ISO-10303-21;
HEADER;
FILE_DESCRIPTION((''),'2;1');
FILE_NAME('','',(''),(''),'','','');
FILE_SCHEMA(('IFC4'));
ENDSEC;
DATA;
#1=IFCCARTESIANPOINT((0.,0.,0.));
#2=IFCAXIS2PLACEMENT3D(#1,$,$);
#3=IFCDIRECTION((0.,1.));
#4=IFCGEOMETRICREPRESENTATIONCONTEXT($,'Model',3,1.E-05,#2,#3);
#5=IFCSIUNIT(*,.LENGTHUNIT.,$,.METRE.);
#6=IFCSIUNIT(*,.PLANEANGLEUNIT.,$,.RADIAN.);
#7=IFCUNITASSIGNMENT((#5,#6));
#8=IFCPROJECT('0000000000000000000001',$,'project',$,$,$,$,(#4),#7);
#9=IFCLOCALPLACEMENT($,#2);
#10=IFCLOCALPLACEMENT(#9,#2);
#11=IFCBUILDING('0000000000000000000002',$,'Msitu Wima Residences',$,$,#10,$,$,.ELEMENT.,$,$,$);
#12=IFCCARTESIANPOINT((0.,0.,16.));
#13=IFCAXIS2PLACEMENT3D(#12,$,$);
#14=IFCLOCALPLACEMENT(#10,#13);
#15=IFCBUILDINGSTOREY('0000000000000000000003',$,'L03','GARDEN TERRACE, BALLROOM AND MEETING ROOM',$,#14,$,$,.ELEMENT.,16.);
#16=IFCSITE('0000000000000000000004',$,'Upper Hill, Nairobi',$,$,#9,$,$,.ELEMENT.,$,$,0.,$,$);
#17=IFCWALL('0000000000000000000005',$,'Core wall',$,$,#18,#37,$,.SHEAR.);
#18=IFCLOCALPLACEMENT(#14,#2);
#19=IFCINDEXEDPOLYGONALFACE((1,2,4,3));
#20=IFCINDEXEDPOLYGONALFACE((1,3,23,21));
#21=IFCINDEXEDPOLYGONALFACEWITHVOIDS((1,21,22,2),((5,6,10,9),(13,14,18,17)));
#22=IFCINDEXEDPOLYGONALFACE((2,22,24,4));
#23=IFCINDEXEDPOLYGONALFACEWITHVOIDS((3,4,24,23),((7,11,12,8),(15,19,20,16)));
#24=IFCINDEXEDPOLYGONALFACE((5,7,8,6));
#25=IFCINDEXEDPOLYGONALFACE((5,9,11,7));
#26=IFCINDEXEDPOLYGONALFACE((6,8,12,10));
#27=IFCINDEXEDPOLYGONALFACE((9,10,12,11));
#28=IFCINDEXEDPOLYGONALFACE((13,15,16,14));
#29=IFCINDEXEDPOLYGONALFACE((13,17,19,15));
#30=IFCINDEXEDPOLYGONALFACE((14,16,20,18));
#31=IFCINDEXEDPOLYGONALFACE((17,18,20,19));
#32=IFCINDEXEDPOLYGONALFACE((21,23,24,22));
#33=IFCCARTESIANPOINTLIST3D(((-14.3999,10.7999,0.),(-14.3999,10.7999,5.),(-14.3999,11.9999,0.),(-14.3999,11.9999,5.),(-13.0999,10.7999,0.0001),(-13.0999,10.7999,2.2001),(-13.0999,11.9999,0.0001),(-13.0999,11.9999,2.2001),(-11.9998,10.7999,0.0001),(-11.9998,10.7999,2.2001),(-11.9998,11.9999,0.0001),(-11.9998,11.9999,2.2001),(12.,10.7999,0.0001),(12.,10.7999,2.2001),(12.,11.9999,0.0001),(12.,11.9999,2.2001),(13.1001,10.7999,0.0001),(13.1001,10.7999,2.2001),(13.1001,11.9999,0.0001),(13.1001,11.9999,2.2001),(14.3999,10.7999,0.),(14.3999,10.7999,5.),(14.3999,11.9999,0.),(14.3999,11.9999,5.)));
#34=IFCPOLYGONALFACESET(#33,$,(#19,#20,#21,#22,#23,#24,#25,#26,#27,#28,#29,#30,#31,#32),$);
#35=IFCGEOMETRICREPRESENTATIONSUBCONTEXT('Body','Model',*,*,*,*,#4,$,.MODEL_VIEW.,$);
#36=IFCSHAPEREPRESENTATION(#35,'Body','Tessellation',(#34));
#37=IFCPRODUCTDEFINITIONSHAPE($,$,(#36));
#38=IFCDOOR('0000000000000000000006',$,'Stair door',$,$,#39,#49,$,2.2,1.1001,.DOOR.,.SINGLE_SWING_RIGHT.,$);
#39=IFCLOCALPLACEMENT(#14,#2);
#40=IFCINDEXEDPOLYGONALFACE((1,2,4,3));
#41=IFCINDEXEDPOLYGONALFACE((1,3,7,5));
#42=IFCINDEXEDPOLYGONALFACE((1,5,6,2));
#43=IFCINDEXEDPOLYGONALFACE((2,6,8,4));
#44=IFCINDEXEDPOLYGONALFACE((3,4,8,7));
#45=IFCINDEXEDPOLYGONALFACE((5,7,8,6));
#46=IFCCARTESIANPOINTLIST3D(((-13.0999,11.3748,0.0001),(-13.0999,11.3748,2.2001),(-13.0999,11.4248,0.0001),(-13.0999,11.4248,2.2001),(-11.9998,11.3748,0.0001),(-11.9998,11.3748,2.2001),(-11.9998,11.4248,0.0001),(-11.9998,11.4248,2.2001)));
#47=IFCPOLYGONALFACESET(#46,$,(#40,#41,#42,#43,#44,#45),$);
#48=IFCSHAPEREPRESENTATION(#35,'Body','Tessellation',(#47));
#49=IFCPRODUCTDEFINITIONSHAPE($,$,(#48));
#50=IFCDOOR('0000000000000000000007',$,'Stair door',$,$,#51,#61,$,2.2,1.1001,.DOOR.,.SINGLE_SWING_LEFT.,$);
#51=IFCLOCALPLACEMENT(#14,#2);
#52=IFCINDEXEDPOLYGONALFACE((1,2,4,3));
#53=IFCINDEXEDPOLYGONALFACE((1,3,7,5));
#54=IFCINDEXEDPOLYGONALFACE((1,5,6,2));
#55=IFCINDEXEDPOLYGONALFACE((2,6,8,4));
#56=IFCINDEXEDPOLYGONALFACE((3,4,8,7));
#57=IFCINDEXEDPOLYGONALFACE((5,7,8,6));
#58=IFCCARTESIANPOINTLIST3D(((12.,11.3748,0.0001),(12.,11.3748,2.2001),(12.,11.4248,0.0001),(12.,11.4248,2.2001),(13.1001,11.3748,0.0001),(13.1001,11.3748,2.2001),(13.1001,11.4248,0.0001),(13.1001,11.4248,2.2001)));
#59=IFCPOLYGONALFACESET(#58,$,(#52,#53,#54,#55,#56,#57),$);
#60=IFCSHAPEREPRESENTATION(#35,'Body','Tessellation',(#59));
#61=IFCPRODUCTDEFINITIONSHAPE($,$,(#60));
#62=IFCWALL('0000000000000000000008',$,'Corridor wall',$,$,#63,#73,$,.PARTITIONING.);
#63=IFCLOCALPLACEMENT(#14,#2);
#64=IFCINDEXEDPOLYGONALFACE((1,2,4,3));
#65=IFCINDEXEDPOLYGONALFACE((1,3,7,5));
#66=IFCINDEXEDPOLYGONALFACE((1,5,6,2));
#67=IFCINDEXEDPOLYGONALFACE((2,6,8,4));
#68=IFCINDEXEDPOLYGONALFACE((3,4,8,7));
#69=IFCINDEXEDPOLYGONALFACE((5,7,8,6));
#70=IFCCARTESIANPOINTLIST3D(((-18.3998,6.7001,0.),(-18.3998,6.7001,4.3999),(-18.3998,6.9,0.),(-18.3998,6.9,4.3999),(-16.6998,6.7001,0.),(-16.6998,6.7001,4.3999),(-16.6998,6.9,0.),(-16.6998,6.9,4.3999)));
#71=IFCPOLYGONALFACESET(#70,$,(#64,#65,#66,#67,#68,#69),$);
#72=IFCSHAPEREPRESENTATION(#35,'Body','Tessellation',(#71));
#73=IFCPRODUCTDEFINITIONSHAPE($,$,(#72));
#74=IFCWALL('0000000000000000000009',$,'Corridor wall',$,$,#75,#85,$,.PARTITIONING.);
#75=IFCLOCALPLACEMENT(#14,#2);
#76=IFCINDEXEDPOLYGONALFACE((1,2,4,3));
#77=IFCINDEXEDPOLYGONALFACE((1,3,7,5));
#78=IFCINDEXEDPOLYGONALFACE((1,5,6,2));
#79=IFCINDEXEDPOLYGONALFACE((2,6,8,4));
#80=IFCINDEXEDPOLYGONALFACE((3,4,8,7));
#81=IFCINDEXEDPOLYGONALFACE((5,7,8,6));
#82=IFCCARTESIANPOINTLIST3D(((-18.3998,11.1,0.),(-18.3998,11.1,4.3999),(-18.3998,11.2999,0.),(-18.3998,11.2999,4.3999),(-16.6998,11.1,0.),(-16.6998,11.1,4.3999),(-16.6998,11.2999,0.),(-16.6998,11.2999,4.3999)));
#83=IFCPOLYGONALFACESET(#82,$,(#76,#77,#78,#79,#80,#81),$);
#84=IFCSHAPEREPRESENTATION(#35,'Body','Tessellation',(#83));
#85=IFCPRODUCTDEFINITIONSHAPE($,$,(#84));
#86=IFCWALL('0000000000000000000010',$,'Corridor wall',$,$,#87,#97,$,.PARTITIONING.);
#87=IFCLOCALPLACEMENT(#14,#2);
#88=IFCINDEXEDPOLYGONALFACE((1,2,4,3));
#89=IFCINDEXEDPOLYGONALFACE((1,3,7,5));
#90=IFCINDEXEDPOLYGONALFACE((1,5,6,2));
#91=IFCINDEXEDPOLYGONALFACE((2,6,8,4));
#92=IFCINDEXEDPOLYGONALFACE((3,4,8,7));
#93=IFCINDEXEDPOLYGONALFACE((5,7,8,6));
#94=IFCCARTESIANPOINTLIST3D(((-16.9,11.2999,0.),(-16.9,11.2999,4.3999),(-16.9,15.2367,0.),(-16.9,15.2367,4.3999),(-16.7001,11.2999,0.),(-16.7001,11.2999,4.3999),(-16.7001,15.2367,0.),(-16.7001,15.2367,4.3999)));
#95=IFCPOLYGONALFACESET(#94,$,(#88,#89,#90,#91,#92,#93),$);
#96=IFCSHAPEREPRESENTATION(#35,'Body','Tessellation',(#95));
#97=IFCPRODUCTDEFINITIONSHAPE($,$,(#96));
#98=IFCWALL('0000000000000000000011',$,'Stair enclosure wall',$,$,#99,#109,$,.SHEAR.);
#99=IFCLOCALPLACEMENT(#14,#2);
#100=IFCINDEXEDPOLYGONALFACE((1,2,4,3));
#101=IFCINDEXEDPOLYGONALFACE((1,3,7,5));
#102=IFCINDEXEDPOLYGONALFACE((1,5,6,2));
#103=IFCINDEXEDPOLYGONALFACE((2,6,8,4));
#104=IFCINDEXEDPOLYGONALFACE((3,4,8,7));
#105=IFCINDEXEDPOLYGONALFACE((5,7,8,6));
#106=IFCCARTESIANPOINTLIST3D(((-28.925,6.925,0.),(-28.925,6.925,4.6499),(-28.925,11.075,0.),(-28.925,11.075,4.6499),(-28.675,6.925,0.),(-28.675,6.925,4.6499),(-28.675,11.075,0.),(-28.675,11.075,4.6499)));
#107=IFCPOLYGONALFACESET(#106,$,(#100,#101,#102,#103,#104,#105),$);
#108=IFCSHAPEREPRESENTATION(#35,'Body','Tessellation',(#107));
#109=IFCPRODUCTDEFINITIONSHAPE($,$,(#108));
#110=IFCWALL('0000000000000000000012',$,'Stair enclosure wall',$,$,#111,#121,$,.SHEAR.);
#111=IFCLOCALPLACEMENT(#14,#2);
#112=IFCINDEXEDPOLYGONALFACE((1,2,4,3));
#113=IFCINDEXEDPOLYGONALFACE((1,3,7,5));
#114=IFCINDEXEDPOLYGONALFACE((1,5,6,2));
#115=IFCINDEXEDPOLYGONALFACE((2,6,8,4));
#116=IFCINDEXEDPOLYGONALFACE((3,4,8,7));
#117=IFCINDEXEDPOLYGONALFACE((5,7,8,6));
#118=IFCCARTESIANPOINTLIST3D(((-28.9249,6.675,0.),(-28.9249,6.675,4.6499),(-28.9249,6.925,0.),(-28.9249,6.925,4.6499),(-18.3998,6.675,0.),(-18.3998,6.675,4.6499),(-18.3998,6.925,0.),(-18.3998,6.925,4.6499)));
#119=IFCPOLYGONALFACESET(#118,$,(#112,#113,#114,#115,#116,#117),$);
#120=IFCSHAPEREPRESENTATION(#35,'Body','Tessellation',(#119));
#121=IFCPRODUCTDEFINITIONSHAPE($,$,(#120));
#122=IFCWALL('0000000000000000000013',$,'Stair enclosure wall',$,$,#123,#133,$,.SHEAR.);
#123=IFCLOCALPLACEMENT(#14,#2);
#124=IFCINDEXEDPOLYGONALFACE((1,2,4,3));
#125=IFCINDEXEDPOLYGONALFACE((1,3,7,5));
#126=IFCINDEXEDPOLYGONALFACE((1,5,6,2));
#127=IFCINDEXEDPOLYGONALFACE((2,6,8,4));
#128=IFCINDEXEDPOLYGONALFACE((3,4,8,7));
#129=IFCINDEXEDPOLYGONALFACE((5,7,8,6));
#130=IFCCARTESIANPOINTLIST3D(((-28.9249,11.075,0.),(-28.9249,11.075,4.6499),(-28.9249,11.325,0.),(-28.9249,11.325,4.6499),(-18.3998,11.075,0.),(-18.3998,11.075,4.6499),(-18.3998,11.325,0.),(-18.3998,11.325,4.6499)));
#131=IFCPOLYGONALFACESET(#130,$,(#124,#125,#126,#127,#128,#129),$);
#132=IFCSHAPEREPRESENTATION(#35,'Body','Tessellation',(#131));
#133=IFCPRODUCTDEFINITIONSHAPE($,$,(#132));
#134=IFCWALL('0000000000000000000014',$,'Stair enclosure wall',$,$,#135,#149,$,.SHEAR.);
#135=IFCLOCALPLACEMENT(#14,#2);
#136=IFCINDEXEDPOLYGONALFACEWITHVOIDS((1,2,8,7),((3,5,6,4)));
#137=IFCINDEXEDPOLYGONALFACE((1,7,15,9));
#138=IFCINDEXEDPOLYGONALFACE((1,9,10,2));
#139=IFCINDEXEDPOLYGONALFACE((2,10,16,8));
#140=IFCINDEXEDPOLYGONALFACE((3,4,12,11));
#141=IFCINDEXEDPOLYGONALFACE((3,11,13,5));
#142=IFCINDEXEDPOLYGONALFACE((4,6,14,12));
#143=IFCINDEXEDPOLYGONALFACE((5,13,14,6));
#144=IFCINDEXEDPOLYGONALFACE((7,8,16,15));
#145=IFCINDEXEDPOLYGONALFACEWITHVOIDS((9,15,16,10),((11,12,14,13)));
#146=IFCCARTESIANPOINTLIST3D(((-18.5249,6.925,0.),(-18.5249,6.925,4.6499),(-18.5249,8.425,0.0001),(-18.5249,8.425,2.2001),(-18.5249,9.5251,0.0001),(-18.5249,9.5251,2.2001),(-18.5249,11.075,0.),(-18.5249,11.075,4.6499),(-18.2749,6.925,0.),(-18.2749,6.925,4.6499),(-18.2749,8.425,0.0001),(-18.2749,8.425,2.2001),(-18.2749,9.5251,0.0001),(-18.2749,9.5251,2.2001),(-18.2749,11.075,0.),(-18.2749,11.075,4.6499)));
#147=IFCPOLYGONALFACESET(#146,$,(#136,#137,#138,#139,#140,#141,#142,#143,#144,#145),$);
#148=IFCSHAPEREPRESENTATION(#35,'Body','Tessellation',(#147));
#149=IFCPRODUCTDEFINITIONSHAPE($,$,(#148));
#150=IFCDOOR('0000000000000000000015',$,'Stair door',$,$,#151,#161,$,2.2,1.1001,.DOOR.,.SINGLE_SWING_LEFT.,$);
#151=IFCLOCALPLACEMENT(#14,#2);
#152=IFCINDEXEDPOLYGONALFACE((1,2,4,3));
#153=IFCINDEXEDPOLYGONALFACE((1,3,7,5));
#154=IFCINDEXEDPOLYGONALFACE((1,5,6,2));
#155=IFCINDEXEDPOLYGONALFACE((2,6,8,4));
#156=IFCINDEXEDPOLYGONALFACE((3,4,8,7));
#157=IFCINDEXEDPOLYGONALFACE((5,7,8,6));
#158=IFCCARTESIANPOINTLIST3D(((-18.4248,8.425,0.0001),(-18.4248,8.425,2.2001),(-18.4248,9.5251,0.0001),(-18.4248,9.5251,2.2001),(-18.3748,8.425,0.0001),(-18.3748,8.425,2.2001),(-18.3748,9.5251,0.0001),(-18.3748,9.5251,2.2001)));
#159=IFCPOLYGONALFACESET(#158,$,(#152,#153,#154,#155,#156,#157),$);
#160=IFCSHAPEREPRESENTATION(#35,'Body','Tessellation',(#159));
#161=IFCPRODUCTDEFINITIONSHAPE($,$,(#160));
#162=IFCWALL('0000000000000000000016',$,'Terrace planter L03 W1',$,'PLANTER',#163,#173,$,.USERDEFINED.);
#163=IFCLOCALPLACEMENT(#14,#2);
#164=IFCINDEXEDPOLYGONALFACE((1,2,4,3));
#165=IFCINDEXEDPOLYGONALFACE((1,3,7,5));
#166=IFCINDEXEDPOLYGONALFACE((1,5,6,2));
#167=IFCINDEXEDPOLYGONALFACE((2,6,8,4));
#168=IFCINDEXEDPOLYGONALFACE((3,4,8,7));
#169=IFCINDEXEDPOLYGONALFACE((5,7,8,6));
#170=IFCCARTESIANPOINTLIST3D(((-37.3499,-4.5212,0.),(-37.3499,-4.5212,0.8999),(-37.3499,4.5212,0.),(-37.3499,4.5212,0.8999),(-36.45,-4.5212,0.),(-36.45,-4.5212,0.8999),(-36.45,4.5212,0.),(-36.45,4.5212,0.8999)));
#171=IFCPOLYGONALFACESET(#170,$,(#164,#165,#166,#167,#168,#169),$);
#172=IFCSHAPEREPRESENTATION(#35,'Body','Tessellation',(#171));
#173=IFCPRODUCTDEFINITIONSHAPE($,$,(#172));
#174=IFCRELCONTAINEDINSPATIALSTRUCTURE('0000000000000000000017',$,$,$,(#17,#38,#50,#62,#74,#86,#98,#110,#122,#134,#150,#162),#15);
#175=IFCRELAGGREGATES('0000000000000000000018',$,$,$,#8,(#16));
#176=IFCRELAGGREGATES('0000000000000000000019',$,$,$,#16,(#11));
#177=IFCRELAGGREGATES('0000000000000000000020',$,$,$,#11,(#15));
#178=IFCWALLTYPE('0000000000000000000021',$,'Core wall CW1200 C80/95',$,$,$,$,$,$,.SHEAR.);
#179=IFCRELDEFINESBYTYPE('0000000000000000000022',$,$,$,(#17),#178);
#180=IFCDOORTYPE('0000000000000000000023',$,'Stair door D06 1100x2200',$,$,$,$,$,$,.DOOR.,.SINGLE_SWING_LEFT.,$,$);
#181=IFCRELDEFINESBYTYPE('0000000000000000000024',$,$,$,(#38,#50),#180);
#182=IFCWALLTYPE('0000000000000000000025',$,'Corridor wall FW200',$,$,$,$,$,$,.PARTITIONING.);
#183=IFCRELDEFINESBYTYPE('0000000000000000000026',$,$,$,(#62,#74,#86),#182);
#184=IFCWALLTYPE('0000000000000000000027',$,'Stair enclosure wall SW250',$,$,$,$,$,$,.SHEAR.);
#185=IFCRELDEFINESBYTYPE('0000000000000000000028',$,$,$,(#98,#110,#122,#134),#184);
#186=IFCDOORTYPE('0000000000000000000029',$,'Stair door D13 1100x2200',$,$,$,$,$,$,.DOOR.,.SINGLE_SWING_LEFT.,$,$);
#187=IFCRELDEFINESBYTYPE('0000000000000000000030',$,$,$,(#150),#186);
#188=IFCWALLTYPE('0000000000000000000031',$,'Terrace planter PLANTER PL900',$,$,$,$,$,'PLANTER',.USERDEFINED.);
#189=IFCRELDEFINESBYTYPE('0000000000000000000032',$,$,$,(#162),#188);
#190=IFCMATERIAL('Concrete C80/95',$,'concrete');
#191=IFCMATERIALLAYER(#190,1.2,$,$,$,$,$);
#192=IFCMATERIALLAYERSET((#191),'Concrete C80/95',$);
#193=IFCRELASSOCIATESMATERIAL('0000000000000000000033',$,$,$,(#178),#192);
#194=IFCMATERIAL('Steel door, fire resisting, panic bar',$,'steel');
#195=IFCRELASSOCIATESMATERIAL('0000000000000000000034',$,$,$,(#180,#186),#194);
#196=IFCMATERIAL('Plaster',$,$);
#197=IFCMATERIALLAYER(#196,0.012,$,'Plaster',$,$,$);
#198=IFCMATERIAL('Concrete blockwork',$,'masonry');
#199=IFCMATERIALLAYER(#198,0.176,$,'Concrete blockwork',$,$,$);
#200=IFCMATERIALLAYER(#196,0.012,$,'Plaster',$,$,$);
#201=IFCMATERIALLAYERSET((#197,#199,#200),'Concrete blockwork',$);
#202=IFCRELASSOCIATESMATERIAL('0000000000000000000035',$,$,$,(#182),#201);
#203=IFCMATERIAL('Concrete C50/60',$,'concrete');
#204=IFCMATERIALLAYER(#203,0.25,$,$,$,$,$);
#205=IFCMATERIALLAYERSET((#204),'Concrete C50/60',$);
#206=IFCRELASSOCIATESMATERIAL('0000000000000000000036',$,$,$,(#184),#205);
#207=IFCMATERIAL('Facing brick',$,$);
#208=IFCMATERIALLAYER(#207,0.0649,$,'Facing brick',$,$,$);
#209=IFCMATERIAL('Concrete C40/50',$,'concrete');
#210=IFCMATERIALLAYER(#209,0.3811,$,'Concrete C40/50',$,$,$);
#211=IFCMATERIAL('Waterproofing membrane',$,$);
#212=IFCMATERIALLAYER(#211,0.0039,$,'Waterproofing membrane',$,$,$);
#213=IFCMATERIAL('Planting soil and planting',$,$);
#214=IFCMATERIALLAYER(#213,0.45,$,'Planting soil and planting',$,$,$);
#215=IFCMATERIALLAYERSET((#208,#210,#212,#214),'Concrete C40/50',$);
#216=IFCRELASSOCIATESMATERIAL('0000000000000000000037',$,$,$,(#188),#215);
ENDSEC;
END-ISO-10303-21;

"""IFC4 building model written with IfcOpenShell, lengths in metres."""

from ifc_helpers import new_model, si_unit, direction, frame, frame_2d, origin, place, context, subcontext, project, spatial, rectangle, extrude, material, layer, layer_set, type_object, element, fill, save


model = new_model("IFC4")

# Units and contexts
model_context = context("Model", 3, precision=1e-05, world=origin(), true_north=direction((0.0, 1.0)))
body_context = subcontext(model_context, "Body", "Model", "MODEL_VIEW")
ifc_project = project(units=[si_unit("LENGTHUNIT", "METRE"), si_unit("PLANEANGLEUNIT", "RADIAN")], contexts=[model_context])

# Site, building, storey
site_placement = place(None, origin())
site = spatial("IfcSite", under=ifc_project, at=site_placement, Name="Upper Hill, Nairobi", CompositionType="ELEMENT", RefElevation=0.0)
building_placement = place(site_placement, origin())
building = spatial("IfcBuilding", under=site, at=building_placement, Name="Msitu Wima Residences", CompositionType="ELEMENT")
storey_placement = place(building_placement, frame((0.0, 0.0, 16.0)))
storey = spatial("IfcBuildingStorey", under=building, at=storey_placement, Name="L03", Description="GARDEN TERRACE, BALLROOM AND MEETING ROOM", CompositionType="ELEMENT", Elevation=16.0)

# Shared definitions
ifc_material_1 = material(Name="Concrete C40/50", Category="concrete")

# Wall, openings, doors
ifc_material_2 = material(Name="Concrete C80/95", Category="concrete")
ifc_layer_1 = layer(ifc_material_2, 1.2)
ifc_layer_set_1 = layer_set([ifc_layer_1], Name="Concrete C80/95")
wall_type_1 = type_object("IfcWallType", Name="Core wall CW1200 C80/95", PredefinedType="SHEAR", material=ifc_layer_set_1)
wall_1_placement = place(storey_placement, frame((-14.3999, 11.3999, 0.0), z_axis=(0.0, 0.0, 1.0), x_axis=(1.0, 0.0, 0.0)))
wall_1 = element("IfcWall", 1, at=wall_1_placement, inside=storey, type_object=wall_type_1, Name="Core wall", PredefinedType="SHEAR", context=body_context, shape_type="SweptSolid", body=[
    extrude(rectangle(XDim=28.7998, YDim=1.2, at=frame_2d((14.3999, 0.0))), origin(), (0.0, 0.0, 1.0), 5.0),
])
opening_1_placement = place(wall_1_placement, frame((1.3, 0.0, 0.0)))
opening_1 = element("IfcOpeningElement", 2, at=opening_1_placement, cuts=wall_1, PredefinedType="OPENING", context=body_context, shape_type="SweptSolid", body=[
    extrude(rectangle(XDim=1.1001, YDim=2.2, at=frame_2d((0.55, 1.1001))), frame((0.0, 0.6099, 0.0), z_axis=(0.0, -1.0, 0.0), x_axis=(1.0, 0.0, 0.0)), (0.0, 0.0, 1.0), 1.22),
])
opening_2_placement = place(wall_1_placement, frame((26.3999, 0.0, 0.0)))
opening_2 = element("IfcOpeningElement", 3, at=opening_2_placement, cuts=wall_1, PredefinedType="OPENING", context=body_context, shape_type="SweptSolid", body=[
    extrude(rectangle(XDim=1.1001, YDim=2.2, at=frame_2d((0.55, 1.1001))), frame((0.0, 0.6099, 0.0), z_axis=(0.0, -1.0, 0.0), x_axis=(1.0, 0.0, 0.0)), (0.0, 0.0, 1.0), 1.22),
])
ifc_material_3 = material(Name="Steel door, fire resisting, panic bar", Category="steel")
door_type_1 = type_object("IfcDoorType", Name="Stair door D06 1100x2200", OperationType="SINGLE_SWING_LEFT", PredefinedType="DOOR", material=ifc_material_3)
door_1_placement = place(opening_1_placement, origin())
door_1 = element("IfcDoor", 4, at=door_1_placement, inside=storey, type_object=door_type_1, Name="Stair door", OperationType="SINGLE_SWING_RIGHT", OverallHeight=2.2, OverallWidth=1.1001, PredefinedType="DOOR", context=body_context, shape_type="SweptSolid", body=[
    extrude(rectangle(XDim=1.1001, YDim=2.2, at=frame_2d((0.55, 1.1001))), frame((0.0, 0.0249, 0.0), z_axis=(0.0, -1.0, 0.0), x_axis=(1.0, 0.0, 0.0)), (0.0, 0.0, 1.0), 0.05),
])
fill(opening_1, door_1)
door_2_placement = place(opening_2_placement, origin())
door_2 = element("IfcDoor", 5, at=door_2_placement, inside=storey, type_object=door_type_1, Name="Stair door", OperationType="SINGLE_SWING_LEFT", OverallHeight=2.2, OverallWidth=1.1001, PredefinedType="DOOR", context=body_context, shape_type="SweptSolid", body=[
    extrude(rectangle(XDim=1.1001, YDim=2.2, at=frame_2d((0.55, 1.1001))), frame((0.0, 0.0249, 0.0), z_axis=(0.0, -1.0, 0.0), x_axis=(1.0, 0.0, 0.0)), (0.0, 0.0, 1.0), 0.05),
])
fill(opening_2, door_2)

# Walls
ifc_material_4 = material(Name="Plaster")
ifc_layer_2 = layer(ifc_material_4, 0.012, Name="Plaster")
ifc_material_5 = material(Name="Concrete blockwork", Category="masonry")
ifc_layer_3 = layer(ifc_material_5, 0.176, Name="Concrete blockwork")
ifc_layer_4 = layer(ifc_material_4, 0.012, Name="Plaster")
ifc_layer_set_2 = layer_set([ifc_layer_2, ifc_layer_3, ifc_layer_4], Name="Concrete blockwork")
wall_type_2 = type_object("IfcWallType", Name="Corridor wall FW200", PredefinedType="PARTITIONING", material=ifc_layer_set_2)
for number, where, z_axis, x_axis, name in (
    (6, (-18.3999, 6.8, 0.0), (0.0, 0.0, 1.0), (1.0, 0.0, 0.0), "Corridor wall"),
    (7, (-18.3999, 11.2, 0.0), (0.0, 0.0, 1.0), (1.0, 0.0, 0.0), "Corridor wall"),
):
    element("IfcWall", number, at=place(storey_placement, frame(where, z_axis=z_axis, x_axis=x_axis)), inside=storey, type_object=wall_type_2, Name=name, PredefinedType="PARTITIONING", context=body_context, shape_type="SweptSolid", body=[
        extrude(rectangle(XDim=1.7, YDim=0.2, at=frame_2d((0.8501, 0.0))), origin(), (0.0, 0.0, 1.0), 4.3999),
    ])
wall_2_placement = place(storey_placement, frame((-16.8, 11.3, 0.0), z_axis=(0.0, 0.0, 1.0), x_axis=(0.0, 1.0, 0.0)))
element("IfcWall", 8, at=wall_2_placement, inside=storey, type_object=wall_type_2, Name="Corridor wall", PredefinedType="PARTITIONING", context=body_context, shape_type="SweptSolid", body=[
    extrude(rectangle(XDim=3.9368, YDim=0.2, at=frame_2d((1.9683, 0.0))), origin(), (0.0, 0.0, 1.0), 4.3999),
])
ifc_material_6 = material(Name="Concrete C50/60", Category="concrete")
ifc_layer_5 = layer(ifc_material_6, 0.25)
ifc_layer_set_3 = layer_set([ifc_layer_5], Name="Concrete C50/60")
wall_type_3 = type_object("IfcWallType", Name="Stair enclosure wall SW250", PredefinedType="SHEAR", material=ifc_layer_set_3)
wall_3_placement = place(storey_placement, frame((-28.8, 6.925, 0.0), z_axis=(0.0, 0.0, 1.0), x_axis=(0.0, 1.0, 0.0)))
element("IfcWall", 9, at=wall_3_placement, inside=storey, type_object=wall_type_3, Name="Stair enclosure wall", PredefinedType="SHEAR", context=body_context, shape_type="SweptSolid", body=[
    extrude(rectangle(XDim=4.1499, YDim=0.25, at=frame_2d((2.075, 0.0))), origin(), (0.0, 0.0, 1.0), 4.6499),
])
for number, where, z_axis, x_axis, name in (
    (10, (-28.925, 6.8, 0.0), (0.0, 0.0, 1.0), (1.0, 0.0, 0.0), "Stair enclosure wall"),
    (11, (-28.925, 11.2, 0.0), (0.0, 0.0, 1.0), (1.0, 0.0, 0.0), "Stair enclosure wall"),
):
    element("IfcWall", number, at=place(storey_placement, frame(where, z_axis=z_axis, x_axis=x_axis)), inside=storey, type_object=wall_type_3, Name=name, PredefinedType="SHEAR", context=body_context, shape_type="SweptSolid", body=[
        extrude(rectangle(XDim=10.5251, YDim=0.25, at=frame_2d((5.2627, 0.0))), origin(), (0.0, 0.0, 1.0), 4.6499),
    ])

# Wall, opening, door
wall_4_placement = place(storey_placement, frame((-18.3999, 6.925, 0.0), z_axis=(0.0, 0.0, 1.0), x_axis=(0.0, 1.0, 0.0)))
wall_4 = element("IfcWall", 12, at=wall_4_placement, inside=storey, type_object=wall_type_3, Name="Stair enclosure wall", PredefinedType="SHEAR", context=body_context, shape_type="SweptSolid", body=[
    extrude(rectangle(XDim=4.1499, YDim=0.25, at=frame_2d((2.075, 0.0))), origin(), (0.0, 0.0, 1.0), 4.6499),
])
opening_3_placement = place(wall_4_placement, frame((1.5, 0.0, 0.0)))
opening_3 = element("IfcOpeningElement", 13, at=opening_3_placement, cuts=wall_4, PredefinedType="OPENING", context=body_context, shape_type="SweptSolid", body=[
    extrude(rectangle(XDim=1.1001, YDim=2.2, at=frame_2d((0.55, 1.1001))), frame((0.0, 0.135, 0.0), z_axis=(0.0, -1.0, 0.0), x_axis=(1.0, 0.0, 0.0)), (0.0, 0.0, 1.0), 0.27),
])
door_type_2 = type_object("IfcDoorType", Name="Stair door D13 1100x2200", OperationType="SINGLE_SWING_LEFT", PredefinedType="DOOR", material=ifc_material_3)
door_3_placement = place(opening_3_placement, origin())
door_3 = element("IfcDoor", 14, at=door_3_placement, inside=storey, type_object=door_type_2, Name="Stair door", OperationType="SINGLE_SWING_LEFT", OverallHeight=2.2, OverallWidth=1.1001, PredefinedType="DOOR", context=body_context, shape_type="SweptSolid", body=[
    extrude(rectangle(XDim=1.1001, YDim=2.2, at=frame_2d((0.55, 1.1001))), frame((0.0, 0.0249, 0.0), z_axis=(0.0, -1.0, 0.0), x_axis=(1.0, 0.0, 0.0)), (0.0, 0.0, 1.0), 0.05),
])
fill(opening_3, door_3)

# Wall
ifc_material_7 = material(Name="Facing brick")
ifc_layer_6 = layer(ifc_material_7, 0.0649, Name="Facing brick")
ifc_layer_7 = layer(ifc_material_1, 0.3811, Name="Concrete C40/50")
ifc_material_8 = material(Name="Waterproofing membrane")
ifc_layer_8 = layer(ifc_material_8, 0.0039, Name="Waterproofing membrane")
ifc_material_9 = material(Name="Planting soil and planting")
ifc_layer_9 = layer(ifc_material_9, 0.45, Name="Planting soil and planting")
ifc_layer_set_4 = layer_set([ifc_layer_6, ifc_layer_7, ifc_layer_8, ifc_layer_9], Name="Concrete C40/50")
wall_type_4 = type_object("IfcWallType", Name="Terrace planter PLANTER PL900", ElementType="PLANTER", PredefinedType="USERDEFINED", material=ifc_layer_set_4)
wall_5_placement = place(storey_placement, frame((-36.8999, 4.5212, 0.0), z_axis=(0.0, 0.0, 1.0), x_axis=(0.0, -1.0, 0.0)))
element("IfcWall", 15, at=wall_5_placement, inside=storey, type_object=wall_type_4, Name="Terrace planter L03 W1", ObjectType="PLANTER", PredefinedType="USERDEFINED", context=body_context, shape_type="SweptSolid", body=[
    extrude(rectangle(XDim=9.0425, YDim=0.8999, at=frame_2d((4.5212, 0.0))), origin(), (0.0, 0.0, 1.0), 0.8999),
])

save(model, "model.ifc")
